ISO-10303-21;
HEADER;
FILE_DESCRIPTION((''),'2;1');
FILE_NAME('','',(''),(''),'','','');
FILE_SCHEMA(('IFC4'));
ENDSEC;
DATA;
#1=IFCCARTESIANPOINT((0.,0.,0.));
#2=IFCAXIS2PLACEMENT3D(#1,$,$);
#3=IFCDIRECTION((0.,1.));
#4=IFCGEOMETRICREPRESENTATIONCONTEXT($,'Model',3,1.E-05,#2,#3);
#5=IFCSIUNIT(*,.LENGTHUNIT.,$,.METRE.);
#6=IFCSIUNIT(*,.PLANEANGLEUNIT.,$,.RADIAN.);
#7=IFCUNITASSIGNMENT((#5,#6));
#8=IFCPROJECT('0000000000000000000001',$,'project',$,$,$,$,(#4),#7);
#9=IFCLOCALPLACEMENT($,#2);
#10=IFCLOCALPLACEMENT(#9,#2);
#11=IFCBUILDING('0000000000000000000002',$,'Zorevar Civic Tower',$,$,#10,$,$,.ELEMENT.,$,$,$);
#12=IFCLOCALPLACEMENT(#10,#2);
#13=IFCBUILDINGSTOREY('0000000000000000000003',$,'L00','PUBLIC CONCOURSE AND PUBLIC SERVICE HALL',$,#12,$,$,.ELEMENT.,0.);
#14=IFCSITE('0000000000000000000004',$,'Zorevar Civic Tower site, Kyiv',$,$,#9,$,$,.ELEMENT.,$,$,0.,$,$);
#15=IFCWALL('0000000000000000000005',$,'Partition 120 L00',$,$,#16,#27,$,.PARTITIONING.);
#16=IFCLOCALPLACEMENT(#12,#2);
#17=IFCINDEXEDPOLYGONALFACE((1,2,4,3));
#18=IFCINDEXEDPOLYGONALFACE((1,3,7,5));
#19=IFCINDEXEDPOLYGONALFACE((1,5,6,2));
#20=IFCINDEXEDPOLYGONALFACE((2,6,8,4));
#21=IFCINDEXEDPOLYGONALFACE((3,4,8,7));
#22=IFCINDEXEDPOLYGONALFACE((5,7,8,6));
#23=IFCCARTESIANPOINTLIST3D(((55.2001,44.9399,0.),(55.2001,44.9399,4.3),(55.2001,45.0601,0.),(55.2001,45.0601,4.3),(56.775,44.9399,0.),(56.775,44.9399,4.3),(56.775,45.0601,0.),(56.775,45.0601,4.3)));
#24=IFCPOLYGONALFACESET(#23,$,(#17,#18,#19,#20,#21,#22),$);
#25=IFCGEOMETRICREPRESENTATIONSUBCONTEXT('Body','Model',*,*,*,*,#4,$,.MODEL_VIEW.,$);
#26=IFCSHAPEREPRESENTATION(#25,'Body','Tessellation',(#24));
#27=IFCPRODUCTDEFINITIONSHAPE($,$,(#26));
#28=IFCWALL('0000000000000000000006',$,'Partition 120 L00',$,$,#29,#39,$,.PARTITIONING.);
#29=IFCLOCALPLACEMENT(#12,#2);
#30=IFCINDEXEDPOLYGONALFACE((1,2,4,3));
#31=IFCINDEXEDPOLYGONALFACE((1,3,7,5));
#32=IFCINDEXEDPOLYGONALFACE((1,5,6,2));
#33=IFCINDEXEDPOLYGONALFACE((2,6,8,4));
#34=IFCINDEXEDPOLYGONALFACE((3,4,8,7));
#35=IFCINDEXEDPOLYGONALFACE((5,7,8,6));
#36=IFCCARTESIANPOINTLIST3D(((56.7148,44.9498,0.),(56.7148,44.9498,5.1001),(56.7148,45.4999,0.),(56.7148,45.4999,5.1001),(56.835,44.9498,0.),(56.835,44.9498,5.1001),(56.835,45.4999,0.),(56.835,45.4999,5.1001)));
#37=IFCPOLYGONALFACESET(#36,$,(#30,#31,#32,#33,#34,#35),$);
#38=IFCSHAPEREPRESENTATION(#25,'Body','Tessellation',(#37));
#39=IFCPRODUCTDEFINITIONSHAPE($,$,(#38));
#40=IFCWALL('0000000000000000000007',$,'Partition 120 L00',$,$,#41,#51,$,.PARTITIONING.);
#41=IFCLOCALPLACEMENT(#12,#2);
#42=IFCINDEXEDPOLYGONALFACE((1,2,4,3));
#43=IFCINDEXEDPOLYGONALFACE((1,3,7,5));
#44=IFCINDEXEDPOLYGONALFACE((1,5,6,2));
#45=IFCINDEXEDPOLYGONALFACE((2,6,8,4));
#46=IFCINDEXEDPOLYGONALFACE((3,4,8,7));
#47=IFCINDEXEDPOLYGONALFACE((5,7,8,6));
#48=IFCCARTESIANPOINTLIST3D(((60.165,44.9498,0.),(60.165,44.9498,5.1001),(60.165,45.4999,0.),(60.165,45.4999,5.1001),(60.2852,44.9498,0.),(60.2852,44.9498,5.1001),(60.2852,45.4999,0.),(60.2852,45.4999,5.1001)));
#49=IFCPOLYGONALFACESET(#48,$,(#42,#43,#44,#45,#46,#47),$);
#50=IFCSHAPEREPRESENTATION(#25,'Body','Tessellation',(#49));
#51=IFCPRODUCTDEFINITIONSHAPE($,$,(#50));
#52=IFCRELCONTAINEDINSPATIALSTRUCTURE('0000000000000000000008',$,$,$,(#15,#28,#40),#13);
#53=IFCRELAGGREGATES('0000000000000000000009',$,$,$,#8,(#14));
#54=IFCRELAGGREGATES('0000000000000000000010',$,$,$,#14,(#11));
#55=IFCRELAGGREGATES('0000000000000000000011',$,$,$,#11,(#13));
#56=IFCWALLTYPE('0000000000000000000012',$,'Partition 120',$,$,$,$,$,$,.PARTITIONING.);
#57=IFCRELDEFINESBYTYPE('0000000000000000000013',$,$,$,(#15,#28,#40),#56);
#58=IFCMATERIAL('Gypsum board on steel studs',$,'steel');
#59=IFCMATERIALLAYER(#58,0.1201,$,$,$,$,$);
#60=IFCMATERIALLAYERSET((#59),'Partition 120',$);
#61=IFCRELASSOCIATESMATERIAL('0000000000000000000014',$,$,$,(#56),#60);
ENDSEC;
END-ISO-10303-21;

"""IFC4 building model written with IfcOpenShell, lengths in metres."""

from ifc_helpers import new_model, si_unit, direction, frame, frame_2d, origin, place, context, subcontext, project, spatial, rectangle, extrude, material, layer, layer_set, type_object, element, save


model = new_model("IFC4")

# Units and contexts
model_context = context("Model", 3, precision=1e-05, world=origin(), true_north=direction((0.0, 1.0)))
body_context = subcontext(model_context, "Body", "Model", "MODEL_VIEW")
ifc_project = project(units=[si_unit("LENGTHUNIT", "METRE"), si_unit("PLANEANGLEUNIT", "RADIAN")], contexts=[model_context])

# Site, building, storey
site_placement = place(None, origin())
site = spatial("IfcSite", under=ifc_project, at=site_placement, Name="Zorevar Civic Tower site, Kyiv", CompositionType="ELEMENT", RefElevation=0.0)
building_placement = place(site_placement, origin())
building = spatial("IfcBuilding", under=site, at=building_placement, Name="Zorevar Civic Tower", CompositionType="ELEMENT")
storey_placement = place(building_placement, origin())
storey = spatial("IfcBuildingStorey", under=building, at=storey_placement, Name="L00", Description="PUBLIC CONCOURSE AND PUBLIC SERVICE HALL", CompositionType="ELEMENT", Elevation=0.0)

# Shared definitions
ifc_material_1 = material(Name="Gypsum board on steel studs", Category="steel")
ifc_layer_1 = layer(ifc_material_1, 0.1201)
ifc_layer_set_1 = layer_set([ifc_layer_1], Name="Partition 120")
wall_type_1 = type_object("IfcWallType", Name="Partition 120", PredefinedType="PARTITIONING", material=ifc_layer_set_1)

# Walls
wall_1_placement = place(storey_placement, frame((55.2, 45.0, 0.0), z_axis=(0.0, 0.0, 1.0), x_axis=(1.0, 0.0, 0.0)))
element("IfcWall", 1, at=wall_1_placement, inside=storey, type_object=wall_type_1, Name="Partition 120 L00", PredefinedType="PARTITIONING", context=body_context, shape_type="SweptSolid", body=[
    extrude(rectangle(XDim=1.575, YDim=0.1201, at=frame_2d((0.7876, 0.0))), origin(), (0.0, 0.0, 1.0), 4.3),
])
for number, where, z_axis, x_axis, name in (
    (2, (56.7749, 44.95, 0.0), (0.0, 0.0, 1.0), (0.0, 1.0, 0.0), "Partition 120 L00"),
    (3, (60.2251, 44.95, 0.0), (0.0, 0.0, 1.0), (0.0, 1.0, 0.0), "Partition 120 L00"),
):
    element("IfcWall", number, at=place(storey_placement, frame(where, z_axis=z_axis, x_axis=x_axis)), inside=storey, type_object=wall_type_1, Name=name, PredefinedType="PARTITIONING", context=body_context, shape_type="SweptSolid", body=[
        extrude(rectangle(XDim=0.55, YDim=0.1201, at=frame_2d((0.2749, 0.0))), origin(), (0.0, 0.0, 1.0), 5.1001),
    ])

save(model, "model.ifc")
